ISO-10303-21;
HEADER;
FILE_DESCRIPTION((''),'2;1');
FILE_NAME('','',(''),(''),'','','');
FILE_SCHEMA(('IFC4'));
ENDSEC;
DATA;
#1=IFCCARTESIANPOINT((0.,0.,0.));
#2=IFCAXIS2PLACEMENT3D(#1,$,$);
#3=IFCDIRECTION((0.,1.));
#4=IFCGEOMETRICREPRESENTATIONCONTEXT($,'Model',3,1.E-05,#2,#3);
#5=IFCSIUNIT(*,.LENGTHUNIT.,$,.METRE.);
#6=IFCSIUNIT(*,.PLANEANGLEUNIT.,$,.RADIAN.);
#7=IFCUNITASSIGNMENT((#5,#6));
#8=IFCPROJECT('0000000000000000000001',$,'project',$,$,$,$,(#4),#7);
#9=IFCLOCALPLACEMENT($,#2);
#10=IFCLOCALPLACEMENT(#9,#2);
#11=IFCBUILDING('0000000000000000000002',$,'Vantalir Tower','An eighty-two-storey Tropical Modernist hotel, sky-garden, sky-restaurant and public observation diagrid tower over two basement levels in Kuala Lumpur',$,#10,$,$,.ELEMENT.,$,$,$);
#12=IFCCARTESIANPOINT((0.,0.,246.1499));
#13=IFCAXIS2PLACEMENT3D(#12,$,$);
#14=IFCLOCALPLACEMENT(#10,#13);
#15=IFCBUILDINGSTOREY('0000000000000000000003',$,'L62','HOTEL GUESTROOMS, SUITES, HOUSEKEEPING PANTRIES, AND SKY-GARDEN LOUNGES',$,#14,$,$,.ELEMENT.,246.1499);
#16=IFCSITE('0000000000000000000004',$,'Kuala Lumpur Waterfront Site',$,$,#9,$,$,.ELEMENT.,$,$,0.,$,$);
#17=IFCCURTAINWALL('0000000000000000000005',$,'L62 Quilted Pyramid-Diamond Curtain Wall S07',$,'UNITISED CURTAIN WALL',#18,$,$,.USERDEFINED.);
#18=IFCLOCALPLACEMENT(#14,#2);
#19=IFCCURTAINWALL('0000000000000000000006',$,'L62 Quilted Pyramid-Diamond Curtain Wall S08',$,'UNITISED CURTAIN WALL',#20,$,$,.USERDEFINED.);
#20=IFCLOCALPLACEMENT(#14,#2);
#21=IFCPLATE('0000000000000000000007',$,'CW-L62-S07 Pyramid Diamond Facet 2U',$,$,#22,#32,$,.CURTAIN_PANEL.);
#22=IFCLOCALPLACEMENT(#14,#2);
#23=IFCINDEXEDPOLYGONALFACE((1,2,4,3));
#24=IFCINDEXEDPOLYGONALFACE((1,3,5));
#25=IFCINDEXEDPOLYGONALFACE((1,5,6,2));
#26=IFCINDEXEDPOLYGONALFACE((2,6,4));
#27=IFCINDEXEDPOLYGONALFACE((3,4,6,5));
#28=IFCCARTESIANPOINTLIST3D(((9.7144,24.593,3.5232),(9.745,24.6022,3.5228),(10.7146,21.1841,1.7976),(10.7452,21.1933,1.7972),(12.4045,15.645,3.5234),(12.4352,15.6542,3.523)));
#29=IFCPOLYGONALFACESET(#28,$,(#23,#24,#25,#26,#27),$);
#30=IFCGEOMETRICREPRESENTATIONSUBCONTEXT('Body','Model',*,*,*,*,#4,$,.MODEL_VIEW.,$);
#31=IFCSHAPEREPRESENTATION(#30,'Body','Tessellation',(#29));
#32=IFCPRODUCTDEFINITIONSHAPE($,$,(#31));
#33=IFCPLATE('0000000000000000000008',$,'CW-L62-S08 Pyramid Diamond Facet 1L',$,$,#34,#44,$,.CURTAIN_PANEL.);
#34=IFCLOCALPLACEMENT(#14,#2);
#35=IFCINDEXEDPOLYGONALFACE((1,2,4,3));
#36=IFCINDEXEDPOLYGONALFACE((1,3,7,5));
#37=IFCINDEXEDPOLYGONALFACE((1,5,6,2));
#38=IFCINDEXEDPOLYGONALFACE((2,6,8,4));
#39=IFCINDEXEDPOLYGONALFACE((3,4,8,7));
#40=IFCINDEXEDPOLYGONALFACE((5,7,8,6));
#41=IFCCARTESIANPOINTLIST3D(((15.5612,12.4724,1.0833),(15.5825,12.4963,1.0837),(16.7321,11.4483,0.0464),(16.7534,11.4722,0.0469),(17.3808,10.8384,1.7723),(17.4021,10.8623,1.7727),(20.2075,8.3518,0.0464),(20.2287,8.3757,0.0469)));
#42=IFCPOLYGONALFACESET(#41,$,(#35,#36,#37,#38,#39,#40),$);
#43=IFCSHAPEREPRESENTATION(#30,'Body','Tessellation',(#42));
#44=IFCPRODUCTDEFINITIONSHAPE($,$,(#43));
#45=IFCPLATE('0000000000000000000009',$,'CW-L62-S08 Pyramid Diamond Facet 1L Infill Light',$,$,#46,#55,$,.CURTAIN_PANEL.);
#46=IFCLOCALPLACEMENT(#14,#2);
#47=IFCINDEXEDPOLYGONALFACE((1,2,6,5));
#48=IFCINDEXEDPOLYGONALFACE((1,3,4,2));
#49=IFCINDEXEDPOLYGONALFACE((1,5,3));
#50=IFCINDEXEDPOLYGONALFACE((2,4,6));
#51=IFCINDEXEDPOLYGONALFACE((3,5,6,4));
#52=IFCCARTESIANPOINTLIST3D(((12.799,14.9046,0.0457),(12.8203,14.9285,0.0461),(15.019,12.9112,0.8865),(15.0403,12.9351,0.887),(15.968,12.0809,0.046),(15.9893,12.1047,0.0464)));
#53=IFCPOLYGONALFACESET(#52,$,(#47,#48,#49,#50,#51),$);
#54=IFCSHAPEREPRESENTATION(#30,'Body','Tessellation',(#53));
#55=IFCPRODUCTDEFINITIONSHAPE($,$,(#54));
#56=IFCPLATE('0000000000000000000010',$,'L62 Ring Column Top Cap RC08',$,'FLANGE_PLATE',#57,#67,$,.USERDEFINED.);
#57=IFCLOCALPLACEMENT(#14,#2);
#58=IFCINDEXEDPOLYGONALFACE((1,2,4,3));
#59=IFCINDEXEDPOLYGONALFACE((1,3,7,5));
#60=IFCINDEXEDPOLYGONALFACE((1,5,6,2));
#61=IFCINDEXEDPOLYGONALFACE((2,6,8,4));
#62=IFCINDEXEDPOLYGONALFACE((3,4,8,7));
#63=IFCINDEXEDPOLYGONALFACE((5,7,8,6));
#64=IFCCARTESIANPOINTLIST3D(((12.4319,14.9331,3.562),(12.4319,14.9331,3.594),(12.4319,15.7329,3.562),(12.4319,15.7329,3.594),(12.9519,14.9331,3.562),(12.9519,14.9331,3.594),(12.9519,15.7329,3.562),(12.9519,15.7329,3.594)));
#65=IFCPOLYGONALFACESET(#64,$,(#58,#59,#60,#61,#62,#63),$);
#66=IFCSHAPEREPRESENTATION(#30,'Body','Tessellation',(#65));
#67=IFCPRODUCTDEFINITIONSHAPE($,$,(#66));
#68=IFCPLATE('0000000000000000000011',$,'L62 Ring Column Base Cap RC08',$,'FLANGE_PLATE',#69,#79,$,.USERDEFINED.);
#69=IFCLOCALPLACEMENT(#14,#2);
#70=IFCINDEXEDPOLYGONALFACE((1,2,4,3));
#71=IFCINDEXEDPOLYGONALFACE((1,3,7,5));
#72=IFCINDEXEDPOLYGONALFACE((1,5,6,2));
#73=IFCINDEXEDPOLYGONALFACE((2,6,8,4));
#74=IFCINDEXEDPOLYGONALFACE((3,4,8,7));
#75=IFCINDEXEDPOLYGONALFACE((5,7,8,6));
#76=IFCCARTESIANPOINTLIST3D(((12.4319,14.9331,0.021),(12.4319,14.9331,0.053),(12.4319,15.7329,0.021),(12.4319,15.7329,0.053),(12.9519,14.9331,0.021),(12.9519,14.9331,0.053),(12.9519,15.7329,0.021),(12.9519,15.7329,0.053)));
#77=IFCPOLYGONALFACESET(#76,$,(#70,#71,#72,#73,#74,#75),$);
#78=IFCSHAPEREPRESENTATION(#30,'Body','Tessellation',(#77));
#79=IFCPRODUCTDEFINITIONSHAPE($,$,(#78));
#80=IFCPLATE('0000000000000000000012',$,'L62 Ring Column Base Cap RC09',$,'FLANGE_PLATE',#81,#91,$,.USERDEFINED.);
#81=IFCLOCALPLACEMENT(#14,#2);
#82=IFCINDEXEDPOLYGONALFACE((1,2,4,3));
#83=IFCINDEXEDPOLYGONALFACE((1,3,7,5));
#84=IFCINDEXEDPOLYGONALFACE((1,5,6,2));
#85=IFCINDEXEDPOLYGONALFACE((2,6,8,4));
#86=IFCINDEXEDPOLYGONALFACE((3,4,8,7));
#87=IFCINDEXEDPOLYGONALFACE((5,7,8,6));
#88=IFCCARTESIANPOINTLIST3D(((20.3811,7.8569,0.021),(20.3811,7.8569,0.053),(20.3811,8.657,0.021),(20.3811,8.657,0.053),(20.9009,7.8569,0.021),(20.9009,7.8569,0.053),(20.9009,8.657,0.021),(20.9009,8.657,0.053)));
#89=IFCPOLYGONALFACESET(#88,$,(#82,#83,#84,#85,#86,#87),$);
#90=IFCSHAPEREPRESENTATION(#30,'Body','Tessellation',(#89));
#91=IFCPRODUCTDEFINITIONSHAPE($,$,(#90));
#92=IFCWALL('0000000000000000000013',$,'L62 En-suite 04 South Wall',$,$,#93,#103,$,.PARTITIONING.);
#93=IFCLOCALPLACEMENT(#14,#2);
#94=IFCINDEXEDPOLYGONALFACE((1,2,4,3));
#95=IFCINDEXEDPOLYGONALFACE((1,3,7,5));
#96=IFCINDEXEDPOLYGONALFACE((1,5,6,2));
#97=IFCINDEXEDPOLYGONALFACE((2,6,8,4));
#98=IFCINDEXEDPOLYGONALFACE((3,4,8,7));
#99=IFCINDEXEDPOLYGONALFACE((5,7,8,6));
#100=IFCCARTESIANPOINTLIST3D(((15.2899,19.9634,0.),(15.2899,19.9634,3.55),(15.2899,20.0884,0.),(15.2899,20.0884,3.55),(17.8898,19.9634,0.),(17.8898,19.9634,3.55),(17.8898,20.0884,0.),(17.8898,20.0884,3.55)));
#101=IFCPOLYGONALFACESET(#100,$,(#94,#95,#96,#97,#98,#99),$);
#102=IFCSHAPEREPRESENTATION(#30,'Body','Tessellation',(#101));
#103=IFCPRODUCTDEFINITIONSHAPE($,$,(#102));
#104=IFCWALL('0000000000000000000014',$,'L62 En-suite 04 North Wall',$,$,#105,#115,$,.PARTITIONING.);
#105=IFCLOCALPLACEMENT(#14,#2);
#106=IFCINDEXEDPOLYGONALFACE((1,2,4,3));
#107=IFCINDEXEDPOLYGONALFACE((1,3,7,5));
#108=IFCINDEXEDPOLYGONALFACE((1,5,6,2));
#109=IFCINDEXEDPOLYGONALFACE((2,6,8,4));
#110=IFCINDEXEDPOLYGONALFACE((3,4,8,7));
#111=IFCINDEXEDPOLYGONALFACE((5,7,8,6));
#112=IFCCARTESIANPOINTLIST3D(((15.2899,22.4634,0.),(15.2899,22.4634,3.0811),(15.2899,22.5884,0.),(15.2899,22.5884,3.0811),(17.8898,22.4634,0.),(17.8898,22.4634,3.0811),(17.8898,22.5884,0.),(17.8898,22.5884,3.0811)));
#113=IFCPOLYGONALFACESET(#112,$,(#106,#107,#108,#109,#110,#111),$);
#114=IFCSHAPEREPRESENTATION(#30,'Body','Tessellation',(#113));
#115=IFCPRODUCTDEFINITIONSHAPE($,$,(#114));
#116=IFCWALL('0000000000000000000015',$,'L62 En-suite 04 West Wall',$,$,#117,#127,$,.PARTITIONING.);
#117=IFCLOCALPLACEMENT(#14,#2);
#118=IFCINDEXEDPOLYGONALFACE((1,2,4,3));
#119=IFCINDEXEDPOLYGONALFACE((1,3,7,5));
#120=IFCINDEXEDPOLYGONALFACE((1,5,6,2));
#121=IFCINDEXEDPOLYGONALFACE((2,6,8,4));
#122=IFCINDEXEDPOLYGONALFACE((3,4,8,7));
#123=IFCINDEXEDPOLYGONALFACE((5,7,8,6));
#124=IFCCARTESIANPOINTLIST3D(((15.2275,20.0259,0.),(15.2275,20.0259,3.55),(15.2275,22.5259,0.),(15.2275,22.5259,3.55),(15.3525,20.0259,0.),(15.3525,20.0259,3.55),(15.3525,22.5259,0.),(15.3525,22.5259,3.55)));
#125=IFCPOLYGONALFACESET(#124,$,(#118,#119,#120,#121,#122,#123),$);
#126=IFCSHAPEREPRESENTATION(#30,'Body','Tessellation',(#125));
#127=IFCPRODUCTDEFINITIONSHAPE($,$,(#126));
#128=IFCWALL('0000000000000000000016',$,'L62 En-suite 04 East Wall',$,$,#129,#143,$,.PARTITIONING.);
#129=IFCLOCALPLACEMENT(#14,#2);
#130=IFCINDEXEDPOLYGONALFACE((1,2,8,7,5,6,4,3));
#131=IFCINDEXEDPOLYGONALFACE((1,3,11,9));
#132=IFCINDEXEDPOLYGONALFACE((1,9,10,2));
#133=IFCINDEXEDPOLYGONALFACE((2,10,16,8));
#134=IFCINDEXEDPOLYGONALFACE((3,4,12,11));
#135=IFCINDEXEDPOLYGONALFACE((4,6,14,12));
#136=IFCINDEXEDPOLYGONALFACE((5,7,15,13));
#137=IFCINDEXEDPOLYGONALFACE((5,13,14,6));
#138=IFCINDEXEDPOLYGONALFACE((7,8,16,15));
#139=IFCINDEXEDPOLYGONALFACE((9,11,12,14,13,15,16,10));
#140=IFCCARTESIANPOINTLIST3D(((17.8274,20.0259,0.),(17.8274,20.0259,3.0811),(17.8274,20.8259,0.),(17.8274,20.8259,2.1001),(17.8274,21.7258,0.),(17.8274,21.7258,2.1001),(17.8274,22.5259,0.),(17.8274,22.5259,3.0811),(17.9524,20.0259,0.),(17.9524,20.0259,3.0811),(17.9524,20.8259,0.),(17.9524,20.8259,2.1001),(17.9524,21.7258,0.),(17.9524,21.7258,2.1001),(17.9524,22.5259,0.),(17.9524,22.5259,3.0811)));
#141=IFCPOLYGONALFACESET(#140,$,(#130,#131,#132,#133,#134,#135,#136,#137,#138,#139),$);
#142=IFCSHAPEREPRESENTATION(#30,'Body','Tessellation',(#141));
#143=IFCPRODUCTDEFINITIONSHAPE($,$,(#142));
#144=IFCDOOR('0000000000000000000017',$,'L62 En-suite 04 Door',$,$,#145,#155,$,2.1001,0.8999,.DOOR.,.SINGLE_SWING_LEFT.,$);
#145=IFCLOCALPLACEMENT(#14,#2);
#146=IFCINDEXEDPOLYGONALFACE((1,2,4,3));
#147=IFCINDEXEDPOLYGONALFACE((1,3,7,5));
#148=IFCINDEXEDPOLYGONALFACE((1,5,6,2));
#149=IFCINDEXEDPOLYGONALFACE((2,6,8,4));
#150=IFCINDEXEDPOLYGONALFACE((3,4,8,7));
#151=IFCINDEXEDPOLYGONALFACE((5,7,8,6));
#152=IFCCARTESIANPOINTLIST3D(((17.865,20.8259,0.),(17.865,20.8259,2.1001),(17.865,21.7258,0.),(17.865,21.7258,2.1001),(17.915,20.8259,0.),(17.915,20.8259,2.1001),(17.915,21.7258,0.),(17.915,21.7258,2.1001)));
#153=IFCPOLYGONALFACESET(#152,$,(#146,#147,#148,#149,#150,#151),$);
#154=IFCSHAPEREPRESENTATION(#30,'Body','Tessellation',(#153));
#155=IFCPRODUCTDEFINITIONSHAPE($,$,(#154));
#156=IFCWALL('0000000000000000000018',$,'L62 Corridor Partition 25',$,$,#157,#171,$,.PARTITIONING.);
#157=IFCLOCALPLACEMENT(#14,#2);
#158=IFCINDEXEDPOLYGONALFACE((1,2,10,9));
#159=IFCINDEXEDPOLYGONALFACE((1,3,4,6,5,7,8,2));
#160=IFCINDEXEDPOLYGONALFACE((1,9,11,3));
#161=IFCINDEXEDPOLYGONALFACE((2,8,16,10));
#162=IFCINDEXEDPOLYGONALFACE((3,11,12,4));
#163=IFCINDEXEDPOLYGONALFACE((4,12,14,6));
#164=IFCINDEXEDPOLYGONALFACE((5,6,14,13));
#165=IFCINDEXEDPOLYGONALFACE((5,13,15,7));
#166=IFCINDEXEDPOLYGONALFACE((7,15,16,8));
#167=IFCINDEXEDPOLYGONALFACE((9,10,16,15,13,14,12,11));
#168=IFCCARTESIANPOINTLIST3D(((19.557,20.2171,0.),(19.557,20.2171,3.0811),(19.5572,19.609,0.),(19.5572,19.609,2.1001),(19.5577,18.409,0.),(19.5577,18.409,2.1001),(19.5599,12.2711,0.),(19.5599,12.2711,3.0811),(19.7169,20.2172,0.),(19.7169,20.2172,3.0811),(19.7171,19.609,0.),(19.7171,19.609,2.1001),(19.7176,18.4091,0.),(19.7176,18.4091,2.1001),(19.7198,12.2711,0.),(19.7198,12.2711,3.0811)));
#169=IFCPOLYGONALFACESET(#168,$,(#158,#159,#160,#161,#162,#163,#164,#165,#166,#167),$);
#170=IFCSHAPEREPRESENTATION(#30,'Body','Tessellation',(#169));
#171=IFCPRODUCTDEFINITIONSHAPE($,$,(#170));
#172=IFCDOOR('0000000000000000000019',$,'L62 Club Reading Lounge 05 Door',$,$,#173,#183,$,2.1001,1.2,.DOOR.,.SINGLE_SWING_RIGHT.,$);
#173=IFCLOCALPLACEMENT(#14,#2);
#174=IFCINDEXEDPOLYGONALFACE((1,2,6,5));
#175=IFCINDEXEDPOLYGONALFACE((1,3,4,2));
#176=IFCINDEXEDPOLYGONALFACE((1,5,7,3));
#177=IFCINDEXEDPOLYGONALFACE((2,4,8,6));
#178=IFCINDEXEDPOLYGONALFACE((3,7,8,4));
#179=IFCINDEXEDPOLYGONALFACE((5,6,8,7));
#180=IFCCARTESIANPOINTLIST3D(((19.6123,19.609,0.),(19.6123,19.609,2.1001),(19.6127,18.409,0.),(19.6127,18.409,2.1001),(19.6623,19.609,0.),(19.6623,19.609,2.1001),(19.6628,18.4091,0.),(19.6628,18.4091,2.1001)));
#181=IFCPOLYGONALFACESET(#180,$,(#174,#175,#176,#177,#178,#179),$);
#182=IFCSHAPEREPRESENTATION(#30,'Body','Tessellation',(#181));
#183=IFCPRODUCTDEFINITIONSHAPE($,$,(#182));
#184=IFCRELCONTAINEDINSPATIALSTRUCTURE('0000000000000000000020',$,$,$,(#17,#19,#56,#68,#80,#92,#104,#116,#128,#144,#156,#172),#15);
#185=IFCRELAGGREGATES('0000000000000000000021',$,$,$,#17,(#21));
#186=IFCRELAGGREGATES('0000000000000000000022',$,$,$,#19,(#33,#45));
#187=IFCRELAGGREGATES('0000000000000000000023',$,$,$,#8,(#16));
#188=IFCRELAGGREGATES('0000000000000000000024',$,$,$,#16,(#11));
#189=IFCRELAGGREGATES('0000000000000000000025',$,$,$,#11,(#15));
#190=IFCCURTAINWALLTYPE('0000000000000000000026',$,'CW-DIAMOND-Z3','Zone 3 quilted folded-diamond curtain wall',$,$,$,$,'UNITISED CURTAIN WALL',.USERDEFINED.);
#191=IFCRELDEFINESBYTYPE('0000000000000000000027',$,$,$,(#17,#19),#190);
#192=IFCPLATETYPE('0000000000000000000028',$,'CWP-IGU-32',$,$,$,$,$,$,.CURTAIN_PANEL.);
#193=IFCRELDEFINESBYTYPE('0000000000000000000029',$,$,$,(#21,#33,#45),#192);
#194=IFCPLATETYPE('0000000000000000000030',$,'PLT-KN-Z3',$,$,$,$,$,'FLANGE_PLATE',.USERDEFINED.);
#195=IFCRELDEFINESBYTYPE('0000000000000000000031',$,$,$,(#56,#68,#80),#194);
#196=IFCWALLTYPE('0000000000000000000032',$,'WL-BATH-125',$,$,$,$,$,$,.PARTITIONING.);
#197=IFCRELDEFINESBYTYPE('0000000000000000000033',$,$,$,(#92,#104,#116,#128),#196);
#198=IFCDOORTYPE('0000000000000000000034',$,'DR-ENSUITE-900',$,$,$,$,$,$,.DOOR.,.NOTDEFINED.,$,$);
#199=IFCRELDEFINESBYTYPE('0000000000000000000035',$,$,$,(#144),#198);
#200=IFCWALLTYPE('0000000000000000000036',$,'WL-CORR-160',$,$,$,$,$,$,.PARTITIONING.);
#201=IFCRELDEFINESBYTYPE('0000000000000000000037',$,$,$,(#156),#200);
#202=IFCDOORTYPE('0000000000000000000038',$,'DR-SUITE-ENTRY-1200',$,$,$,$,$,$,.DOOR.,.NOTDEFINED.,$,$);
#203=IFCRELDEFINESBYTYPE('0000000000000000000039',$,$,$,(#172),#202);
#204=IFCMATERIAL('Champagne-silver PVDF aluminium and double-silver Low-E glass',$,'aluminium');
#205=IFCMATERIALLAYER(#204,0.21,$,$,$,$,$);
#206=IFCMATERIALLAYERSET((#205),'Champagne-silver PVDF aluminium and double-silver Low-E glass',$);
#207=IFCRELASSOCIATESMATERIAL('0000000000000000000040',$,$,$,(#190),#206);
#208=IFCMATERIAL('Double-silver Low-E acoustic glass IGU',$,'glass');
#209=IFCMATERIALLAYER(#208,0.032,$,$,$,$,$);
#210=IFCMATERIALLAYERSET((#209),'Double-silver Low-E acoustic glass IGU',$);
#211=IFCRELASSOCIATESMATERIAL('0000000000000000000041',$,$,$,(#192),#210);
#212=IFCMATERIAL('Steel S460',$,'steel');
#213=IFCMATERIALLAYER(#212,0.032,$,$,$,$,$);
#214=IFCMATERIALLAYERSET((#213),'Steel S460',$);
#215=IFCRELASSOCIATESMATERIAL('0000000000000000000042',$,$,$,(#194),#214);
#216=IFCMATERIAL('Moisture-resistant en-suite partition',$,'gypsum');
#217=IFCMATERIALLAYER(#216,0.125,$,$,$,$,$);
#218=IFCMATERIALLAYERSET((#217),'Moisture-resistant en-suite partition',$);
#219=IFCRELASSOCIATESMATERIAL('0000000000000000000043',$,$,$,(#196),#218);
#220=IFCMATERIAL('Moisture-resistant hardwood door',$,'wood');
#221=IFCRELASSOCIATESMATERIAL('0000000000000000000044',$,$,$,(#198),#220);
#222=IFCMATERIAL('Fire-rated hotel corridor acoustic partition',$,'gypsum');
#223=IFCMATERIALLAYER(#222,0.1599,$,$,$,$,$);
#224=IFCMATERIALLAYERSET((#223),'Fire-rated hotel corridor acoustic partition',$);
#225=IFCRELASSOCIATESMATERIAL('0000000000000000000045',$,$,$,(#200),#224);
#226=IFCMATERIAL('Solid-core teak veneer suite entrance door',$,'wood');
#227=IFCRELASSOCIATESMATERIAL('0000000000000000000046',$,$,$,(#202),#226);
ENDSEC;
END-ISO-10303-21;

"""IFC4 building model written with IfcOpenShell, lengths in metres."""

from ifc_helpers import new_model, si_unit, direction, frame, frame_2d, origin, place, context, subcontext, project, spatial, polyline, rectangle, outline, extrude, material, layer, layer_set, type_object, element, fill, aggregate, save


model = new_model("IFC4")

# Units and contexts
model_context = context("Model", 3, precision=1e-05, world=origin(), true_north=direction((0.0, 1.0)))
body_context = subcontext(model_context, "Body", "Model", "MODEL_VIEW")
ifc_project = project(units=[si_unit("LENGTHUNIT", "METRE"), si_unit("PLANEANGLEUNIT", "RADIAN")], contexts=[model_context])

# Site, building, storey
site_placement = place(None, origin())
site = spatial("IfcSite", under=ifc_project, at=site_placement, Name="Kuala Lumpur Waterfront Site", CompositionType="ELEMENT", RefElevation=0.0)
building_placement = place(site_placement, origin())
building = spatial("IfcBuilding", under=site, at=building_placement, Name="Vantalir Tower", Description="An eighty-two-storey Tropical Modernist hotel, sky-garden, sky-restaurant and public observation diagrid tower over two basement levels in Kuala Lumpur", CompositionType="ELEMENT")
storey_placement = place(building_placement, frame((0.0, 0.0, 246.1499)))
storey = spatial("IfcBuildingStorey", under=building, at=storey_placement, Name="L62", Description="HOTEL GUESTROOMS, SUITES, HOUSEKEEPING PANTRIES, AND SKY-GARDEN LOUNGES", CompositionType="ELEMENT", Elevation=246.1499)

# Shared definitions
ifc_material_1 = material(Name="Steel S460", Category="steel")

# Curtain wall
ifc_material_2 = material(Name="Champagne-silver PVDF aluminium and double-silver Low-E glass", Category="aluminium")
ifc_layer_1 = layer(ifc_material_2, 0.21)
ifc_layer_set_1 = layer_set([ifc_layer_1], Name="Champagne-silver PVDF aluminium and double-silver Low-E glass")
curtain_wall_type = type_object("IfcCurtainWallType", Name="CW-DIAMOND-Z3", Description="Zone 3 quilted folded-diamond curtain wall", ElementType="UNITISED CURTAIN WALL", PredefinedType="USERDEFINED", material=ifc_layer_set_1)
curtain_wall_1_placement = place(storey_placement, origin())
curtain_wall_1 = element("IfcCurtainWall", 1, at=curtain_wall_1_placement, inside=storey, type_object=curtain_wall_type, Name="L62 Quilted Pyramid-Diamond Curtain Wall S07", ObjectType="UNITISED CURTAIN WALL", PredefinedType="USERDEFINED")

# Curtain wall
curtain_wall_2_placement = place(storey_placement, origin())
curtain_wall_2 = element("IfcCurtainWall", 2, at=curtain_wall_2_placement, inside=storey, type_object=curtain_wall_type, Name="L62 Quilted Pyramid-Diamond Curtain Wall S08", ObjectType="UNITISED CURTAIN WALL", PredefinedType="USERDEFINED")

# Plates
ifc_material_3 = material(Name="Double-silver Low-E acoustic glass IGU", Category="glass")
ifc_layer_2 = layer(ifc_material_3, 0.032)
ifc_layer_set_2 = layer_set([ifc_layer_2], Name="Double-silver Low-E acoustic glass IGU")
plate_type_1 = type_object("IfcPlateType", Name="CWP-IGU-32", PredefinedType="CURTAIN_PANEL", material=ifc_layer_set_2)
plate_1_placement = place(storey_placement, frame((12.4045, 15.645, 3.5234), z_axis=(-0.957566, -0.287889, 0.013673), x_axis=(-0.287916, 0.957656, -0.000026)))
plate_1 = element("IfcPlate", 3, at=plate_1_placement, type_object=plate_type_1, Name="CW-L62-S07 Pyramid Diamond Facet 2U", PredefinedType="CURTAIN_PANEL", context=body_context, shape_type="SweptSolid", body=[
    extrude(outline(polyline([(0.0, 0.0), (9.3436, 0.0), (5.7911, 1.7258), (0.0, 0.0)])), origin(), (0.0, 0.0, -1.0), 0.032),
])
aggregate(curtain_wall_1, [plate_1])
plate_2_placement = place(storey_placement, frame((16.7534, 11.4722, 0.0469), z_axis=(0.665178, 0.746558, 0.013796), x_axis=(0.746629, -0.665241, 0.0)))
plate_2 = element("IfcPlate", 4, at=plate_2_placement, type_object=plate_type_1, Name="CW-L62-S08 Pyramid Diamond Facet 1L", PredefinedType="CURTAIN_PANEL", context=body_context, shape_type="SweptSolid", body=[
    extrude(outline(polyline([(0.0, 0.0), (4.6547, 0.0), (0.89, -1.726), (-1.5555, -1.037), (0.0, 0.0)])), origin(), (0.0, 0.0, -1.0), 0.032),
])
plate_3_placement = place(storey_placement, frame((12.8203, 14.9285, 0.0461), z_axis=(0.665208, 0.746535, 0.013564), x_axis=(0.746603, -0.66527, 0.000058)))
plate_3 = element("IfcPlate", 5, at=plate_3_placement, type_object=plate_type_1, Name="CW-L62-S08 Pyramid Diamond Facet 1L Infill Light", PredefinedType="CURTAIN_PANEL", context=body_context, shape_type="SweptSolid", body=[
    extrude(outline(polyline([(0.0, 0.0), (4.2445, 0.0), (2.9836, -0.8407), (0.0, 0.0)])), origin(), (0.0, 0.0, -1.0), 0.032),
])
aggregate(curtain_wall_2, [plate_2, plate_3])

# Plates
ifc_layer_3 = layer(ifc_material_1, 0.032)
ifc_layer_set_3 = layer_set([ifc_layer_3], Name="Steel S460")
plate_type_2 = type_object("IfcPlateType", Name="PLT-KN-Z3", ElementType="FLANGE_PLATE", PredefinedType="USERDEFINED", material=ifc_layer_set_3)
for number, where, z_axis, x_axis, name in (
    (6, (12.4319, 15.7329, 3.594), (0.0, 0.0, 1.0), (0.0, -1.0, 0.0), "L62 Ring Column Top Cap RC08"),
    (7, (12.4319, 15.7329, 0.053), (0.0, 0.0, 1.0), (0.0, -1.0, 0.0), "L62 Ring Column Base Cap RC08"),
):
    element("IfcPlate", number, at=place(storey_placement, frame(where, z_axis=z_axis, x_axis=x_axis)), inside=storey, type_object=plate_type_2, Name=name, ObjectType="FLANGE_PLATE", PredefinedType="USERDEFINED", context=body_context, shape_type="SweptSolid", body=[
        extrude(outline(polyline([(0.0, 0.0), (0.7998, 0.0), (0.7998, 0.52), (0.0, 0.52), (0.0, 0.0)])), origin(), (0.0, 0.0, -1.0), 0.032),
    ])
plate_4_placement = place(storey_placement, frame((20.3811, 8.657, 0.053), z_axis=(0.0, 0.0, 1.0), x_axis=(0.0, -1.0, 0.0)))
element("IfcPlate", 8, at=plate_4_placement, inside=storey, type_object=plate_type_2, Name="L62 Ring Column Base Cap RC09", ObjectType="FLANGE_PLATE", PredefinedType="USERDEFINED", context=body_context, shape_type="SweptSolid", body=[
    extrude(outline(polyline([(0.0, 0.0), (0.8, 0.0), (0.8, 0.5198), (0.0, 0.5198), (0.0, 0.0)])), origin(), (0.0, 0.0, -1.0), 0.032),
])

# Walls
ifc_material_4 = material(Name="Moisture-resistant en-suite partition", Category="gypsum")
ifc_layer_4 = layer(ifc_material_4, 0.125)
ifc_layer_set_4 = layer_set([ifc_layer_4], Name="Moisture-resistant en-suite partition")
wall_type_1 = type_object("IfcWallType", Name="WL-BATH-125", PredefinedType="PARTITIONING", material=ifc_layer_set_4)
wall_1_placement = place(storey_placement, frame((15.29, 20.0259, 0.0), z_axis=(0.0, 0.0, 1.0), x_axis=(1.0, 0.0, 0.0)))
element("IfcWall", 9, at=wall_1_placement, inside=storey, type_object=wall_type_1, Name="L62 En-suite 04 South Wall", PredefinedType="PARTITIONING", context=body_context, shape_type="SweptSolid", body=[
    extrude(rectangle(XDim=2.5999, YDim=0.125, at=frame_2d((1.2998, 0.0))), origin(), (0.0, 0.0, 1.0), 3.55),
])
wall_2_placement = place(storey_placement, frame((15.29, 22.5259, 0.0), z_axis=(0.0, 0.0, 1.0), x_axis=(1.0, 0.0, 0.0)))
element("IfcWall", 10, at=wall_2_placement, inside=storey, type_object=wall_type_1, Name="L62 En-suite 04 North Wall", PredefinedType="PARTITIONING", context=body_context, shape_type="SweptSolid", body=[
    extrude(rectangle(XDim=2.5999, YDim=0.125, at=frame_2d((1.2998, 0.0))), origin(), (0.0, 0.0, 1.0), 3.0811),
])
wall_3_placement = place(storey_placement, frame((15.29, 20.0259, 0.0), z_axis=(0.0, 0.0, 1.0), x_axis=(0.0, 1.0, 0.0)))
element("IfcWall", 11, at=wall_3_placement, inside=storey, type_object=wall_type_1, Name="L62 En-suite 04 West Wall", PredefinedType="PARTITIONING", context=body_context, shape_type="SweptSolid", body=[
    extrude(rectangle(XDim=2.5, YDim=0.125, at=frame_2d((1.25, 0.0))), origin(), (0.0, 0.0, 1.0), 3.55),
])

# Walls, openings, doors
wall_4_placement = place(storey_placement, frame((17.8899, 20.0259, 0.0), z_axis=(0.0, 0.0, 1.0), x_axis=(0.0, 1.0, 0.0)))
wall_4 = element("IfcWall", 12, at=wall_4_placement, inside=storey, type_object=wall_type_1, Name="L62 En-suite 04 East Wall", PredefinedType="PARTITIONING", context=body_context, shape_type="SweptSolid", body=[
    extrude(rectangle(XDim=2.5, YDim=0.125, at=frame_2d((1.25, 0.0))), origin(), (0.0, 0.0, 1.0), 3.0811),
])
opening_1_placement = place(wall_4_placement, frame((0.8, 0.0, 0.0)))
opening_1 = element("IfcOpeningElement", 13, at=opening_1_placement, cuts=wall_4, PredefinedType="OPENING", context=body_context, shape_type="SweptSolid", body=[
    extrude(rectangle(XDim=0.8999, YDim=2.1001, at=frame_2d((0.45, 1.05))), frame((0.0, 0.0725, 0.0), z_axis=(0.0, -1.0, 0.0), x_axis=(1.0, 0.0, 0.0)), (0.0, 0.0, 1.0), 0.145),
])
ifc_material_5 = material(Name="Moisture-resistant hardwood door", Category="wood")
door_type_1 = type_object("IfcDoorType", Name="DR-ENSUITE-900", OperationType="NOTDEFINED", PredefinedType="DOOR", material=ifc_material_5)
door_1_placement = place(opening_1_placement, origin())
door_1 = element("IfcDoor", 14, at=door_1_placement, inside=storey, type_object=door_type_1, Name="L62 En-suite 04 Door", OperationType="SINGLE_SWING_LEFT", OverallHeight=2.1001, OverallWidth=0.8999, PredefinedType="DOOR", context=body_context, shape_type="SweptSolid", body=[
    extrude(rectangle(XDim=0.8999, YDim=2.1001, at=frame_2d((0.45, 1.05))), frame((0.0, 0.0249, 0.0), z_axis=(0.0, -1.0, 0.0), x_axis=(1.0, 0.0, 0.0)), (0.0, 0.0, 1.0), 0.05),
])
fill(opening_1, door_1)
ifc_material_6 = material(Name="Fire-rated hotel corridor acoustic partition", Category="gypsum")
ifc_layer_5 = layer(ifc_material_6, 0.1599)
ifc_layer_set_5 = layer_set([ifc_layer_5], Name="Fire-rated hotel corridor acoustic partition")
wall_type_2 = type_object("IfcWallType", Name="WL-CORR-160", PredefinedType="PARTITIONING", material=ifc_layer_set_5)
wall_5_placement = place(storey_placement, frame((19.6399, 12.271, 0.0), z_axis=(0.0, 0.0, 1.0), x_axis=(-0.000369, 1.0, 0.0)))
wall_5 = element("IfcWall", 15, at=wall_5_placement, inside=storey, type_object=wall_type_2, Name="L62 Corridor Partition 25", PredefinedType="PARTITIONING", context=body_context, shape_type="SweptSolid", body=[
    extrude(rectangle(XDim=7.946, YDim=0.1599, at=frame_2d((3.9731, 0.0))), origin(), (0.0, 0.0, 1.0), 3.0811),
])
opening_2_placement = place(wall_5_placement, frame((6.1379, 0.0, 0.0)))
opening_2 = element("IfcOpeningElement", 16, at=opening_2_placement, cuts=wall_5, PredefinedType="OPENING", context=body_context, shape_type="SweptSolid", body=[
    extrude(rectangle(XDim=1.2, YDim=2.1001, at=frame_2d((0.6001, 1.05))), frame((0.0, 0.0898, 0.0), z_axis=(0.0, -1.0, 0.0), x_axis=(1.0, 0.0, 0.0)), (0.0, 0.0, 1.0), 0.1799),
])
ifc_material_7 = material(Name="Solid-core teak veneer suite entrance door", Category="wood")
door_type_2 = type_object("IfcDoorType", Name="DR-SUITE-ENTRY-1200", OperationType="NOTDEFINED", PredefinedType="DOOR", material=ifc_material_7)
door_2_placement = place(opening_2_placement, origin())
door_2 = element("IfcDoor", 17, at=door_2_placement, inside=storey, type_object=door_type_2, Name="L62 Club Reading Lounge 05 Door", OperationType="SINGLE_SWING_RIGHT", OverallHeight=2.1001, OverallWidth=1.2, PredefinedType="DOOR", context=body_context, shape_type="SweptSolid", body=[
    extrude(rectangle(XDim=1.2, YDim=2.1001, at=frame_2d((0.6001, 1.05))), frame((0.0, 0.0249, 0.0), z_axis=(0.0, -1.0, 0.0), x_axis=(1.0, 0.0, 0.0)), (0.0, 0.0, 1.0), 0.05),
])
fill(opening_2, door_2)

save(model, "model.ifc")
